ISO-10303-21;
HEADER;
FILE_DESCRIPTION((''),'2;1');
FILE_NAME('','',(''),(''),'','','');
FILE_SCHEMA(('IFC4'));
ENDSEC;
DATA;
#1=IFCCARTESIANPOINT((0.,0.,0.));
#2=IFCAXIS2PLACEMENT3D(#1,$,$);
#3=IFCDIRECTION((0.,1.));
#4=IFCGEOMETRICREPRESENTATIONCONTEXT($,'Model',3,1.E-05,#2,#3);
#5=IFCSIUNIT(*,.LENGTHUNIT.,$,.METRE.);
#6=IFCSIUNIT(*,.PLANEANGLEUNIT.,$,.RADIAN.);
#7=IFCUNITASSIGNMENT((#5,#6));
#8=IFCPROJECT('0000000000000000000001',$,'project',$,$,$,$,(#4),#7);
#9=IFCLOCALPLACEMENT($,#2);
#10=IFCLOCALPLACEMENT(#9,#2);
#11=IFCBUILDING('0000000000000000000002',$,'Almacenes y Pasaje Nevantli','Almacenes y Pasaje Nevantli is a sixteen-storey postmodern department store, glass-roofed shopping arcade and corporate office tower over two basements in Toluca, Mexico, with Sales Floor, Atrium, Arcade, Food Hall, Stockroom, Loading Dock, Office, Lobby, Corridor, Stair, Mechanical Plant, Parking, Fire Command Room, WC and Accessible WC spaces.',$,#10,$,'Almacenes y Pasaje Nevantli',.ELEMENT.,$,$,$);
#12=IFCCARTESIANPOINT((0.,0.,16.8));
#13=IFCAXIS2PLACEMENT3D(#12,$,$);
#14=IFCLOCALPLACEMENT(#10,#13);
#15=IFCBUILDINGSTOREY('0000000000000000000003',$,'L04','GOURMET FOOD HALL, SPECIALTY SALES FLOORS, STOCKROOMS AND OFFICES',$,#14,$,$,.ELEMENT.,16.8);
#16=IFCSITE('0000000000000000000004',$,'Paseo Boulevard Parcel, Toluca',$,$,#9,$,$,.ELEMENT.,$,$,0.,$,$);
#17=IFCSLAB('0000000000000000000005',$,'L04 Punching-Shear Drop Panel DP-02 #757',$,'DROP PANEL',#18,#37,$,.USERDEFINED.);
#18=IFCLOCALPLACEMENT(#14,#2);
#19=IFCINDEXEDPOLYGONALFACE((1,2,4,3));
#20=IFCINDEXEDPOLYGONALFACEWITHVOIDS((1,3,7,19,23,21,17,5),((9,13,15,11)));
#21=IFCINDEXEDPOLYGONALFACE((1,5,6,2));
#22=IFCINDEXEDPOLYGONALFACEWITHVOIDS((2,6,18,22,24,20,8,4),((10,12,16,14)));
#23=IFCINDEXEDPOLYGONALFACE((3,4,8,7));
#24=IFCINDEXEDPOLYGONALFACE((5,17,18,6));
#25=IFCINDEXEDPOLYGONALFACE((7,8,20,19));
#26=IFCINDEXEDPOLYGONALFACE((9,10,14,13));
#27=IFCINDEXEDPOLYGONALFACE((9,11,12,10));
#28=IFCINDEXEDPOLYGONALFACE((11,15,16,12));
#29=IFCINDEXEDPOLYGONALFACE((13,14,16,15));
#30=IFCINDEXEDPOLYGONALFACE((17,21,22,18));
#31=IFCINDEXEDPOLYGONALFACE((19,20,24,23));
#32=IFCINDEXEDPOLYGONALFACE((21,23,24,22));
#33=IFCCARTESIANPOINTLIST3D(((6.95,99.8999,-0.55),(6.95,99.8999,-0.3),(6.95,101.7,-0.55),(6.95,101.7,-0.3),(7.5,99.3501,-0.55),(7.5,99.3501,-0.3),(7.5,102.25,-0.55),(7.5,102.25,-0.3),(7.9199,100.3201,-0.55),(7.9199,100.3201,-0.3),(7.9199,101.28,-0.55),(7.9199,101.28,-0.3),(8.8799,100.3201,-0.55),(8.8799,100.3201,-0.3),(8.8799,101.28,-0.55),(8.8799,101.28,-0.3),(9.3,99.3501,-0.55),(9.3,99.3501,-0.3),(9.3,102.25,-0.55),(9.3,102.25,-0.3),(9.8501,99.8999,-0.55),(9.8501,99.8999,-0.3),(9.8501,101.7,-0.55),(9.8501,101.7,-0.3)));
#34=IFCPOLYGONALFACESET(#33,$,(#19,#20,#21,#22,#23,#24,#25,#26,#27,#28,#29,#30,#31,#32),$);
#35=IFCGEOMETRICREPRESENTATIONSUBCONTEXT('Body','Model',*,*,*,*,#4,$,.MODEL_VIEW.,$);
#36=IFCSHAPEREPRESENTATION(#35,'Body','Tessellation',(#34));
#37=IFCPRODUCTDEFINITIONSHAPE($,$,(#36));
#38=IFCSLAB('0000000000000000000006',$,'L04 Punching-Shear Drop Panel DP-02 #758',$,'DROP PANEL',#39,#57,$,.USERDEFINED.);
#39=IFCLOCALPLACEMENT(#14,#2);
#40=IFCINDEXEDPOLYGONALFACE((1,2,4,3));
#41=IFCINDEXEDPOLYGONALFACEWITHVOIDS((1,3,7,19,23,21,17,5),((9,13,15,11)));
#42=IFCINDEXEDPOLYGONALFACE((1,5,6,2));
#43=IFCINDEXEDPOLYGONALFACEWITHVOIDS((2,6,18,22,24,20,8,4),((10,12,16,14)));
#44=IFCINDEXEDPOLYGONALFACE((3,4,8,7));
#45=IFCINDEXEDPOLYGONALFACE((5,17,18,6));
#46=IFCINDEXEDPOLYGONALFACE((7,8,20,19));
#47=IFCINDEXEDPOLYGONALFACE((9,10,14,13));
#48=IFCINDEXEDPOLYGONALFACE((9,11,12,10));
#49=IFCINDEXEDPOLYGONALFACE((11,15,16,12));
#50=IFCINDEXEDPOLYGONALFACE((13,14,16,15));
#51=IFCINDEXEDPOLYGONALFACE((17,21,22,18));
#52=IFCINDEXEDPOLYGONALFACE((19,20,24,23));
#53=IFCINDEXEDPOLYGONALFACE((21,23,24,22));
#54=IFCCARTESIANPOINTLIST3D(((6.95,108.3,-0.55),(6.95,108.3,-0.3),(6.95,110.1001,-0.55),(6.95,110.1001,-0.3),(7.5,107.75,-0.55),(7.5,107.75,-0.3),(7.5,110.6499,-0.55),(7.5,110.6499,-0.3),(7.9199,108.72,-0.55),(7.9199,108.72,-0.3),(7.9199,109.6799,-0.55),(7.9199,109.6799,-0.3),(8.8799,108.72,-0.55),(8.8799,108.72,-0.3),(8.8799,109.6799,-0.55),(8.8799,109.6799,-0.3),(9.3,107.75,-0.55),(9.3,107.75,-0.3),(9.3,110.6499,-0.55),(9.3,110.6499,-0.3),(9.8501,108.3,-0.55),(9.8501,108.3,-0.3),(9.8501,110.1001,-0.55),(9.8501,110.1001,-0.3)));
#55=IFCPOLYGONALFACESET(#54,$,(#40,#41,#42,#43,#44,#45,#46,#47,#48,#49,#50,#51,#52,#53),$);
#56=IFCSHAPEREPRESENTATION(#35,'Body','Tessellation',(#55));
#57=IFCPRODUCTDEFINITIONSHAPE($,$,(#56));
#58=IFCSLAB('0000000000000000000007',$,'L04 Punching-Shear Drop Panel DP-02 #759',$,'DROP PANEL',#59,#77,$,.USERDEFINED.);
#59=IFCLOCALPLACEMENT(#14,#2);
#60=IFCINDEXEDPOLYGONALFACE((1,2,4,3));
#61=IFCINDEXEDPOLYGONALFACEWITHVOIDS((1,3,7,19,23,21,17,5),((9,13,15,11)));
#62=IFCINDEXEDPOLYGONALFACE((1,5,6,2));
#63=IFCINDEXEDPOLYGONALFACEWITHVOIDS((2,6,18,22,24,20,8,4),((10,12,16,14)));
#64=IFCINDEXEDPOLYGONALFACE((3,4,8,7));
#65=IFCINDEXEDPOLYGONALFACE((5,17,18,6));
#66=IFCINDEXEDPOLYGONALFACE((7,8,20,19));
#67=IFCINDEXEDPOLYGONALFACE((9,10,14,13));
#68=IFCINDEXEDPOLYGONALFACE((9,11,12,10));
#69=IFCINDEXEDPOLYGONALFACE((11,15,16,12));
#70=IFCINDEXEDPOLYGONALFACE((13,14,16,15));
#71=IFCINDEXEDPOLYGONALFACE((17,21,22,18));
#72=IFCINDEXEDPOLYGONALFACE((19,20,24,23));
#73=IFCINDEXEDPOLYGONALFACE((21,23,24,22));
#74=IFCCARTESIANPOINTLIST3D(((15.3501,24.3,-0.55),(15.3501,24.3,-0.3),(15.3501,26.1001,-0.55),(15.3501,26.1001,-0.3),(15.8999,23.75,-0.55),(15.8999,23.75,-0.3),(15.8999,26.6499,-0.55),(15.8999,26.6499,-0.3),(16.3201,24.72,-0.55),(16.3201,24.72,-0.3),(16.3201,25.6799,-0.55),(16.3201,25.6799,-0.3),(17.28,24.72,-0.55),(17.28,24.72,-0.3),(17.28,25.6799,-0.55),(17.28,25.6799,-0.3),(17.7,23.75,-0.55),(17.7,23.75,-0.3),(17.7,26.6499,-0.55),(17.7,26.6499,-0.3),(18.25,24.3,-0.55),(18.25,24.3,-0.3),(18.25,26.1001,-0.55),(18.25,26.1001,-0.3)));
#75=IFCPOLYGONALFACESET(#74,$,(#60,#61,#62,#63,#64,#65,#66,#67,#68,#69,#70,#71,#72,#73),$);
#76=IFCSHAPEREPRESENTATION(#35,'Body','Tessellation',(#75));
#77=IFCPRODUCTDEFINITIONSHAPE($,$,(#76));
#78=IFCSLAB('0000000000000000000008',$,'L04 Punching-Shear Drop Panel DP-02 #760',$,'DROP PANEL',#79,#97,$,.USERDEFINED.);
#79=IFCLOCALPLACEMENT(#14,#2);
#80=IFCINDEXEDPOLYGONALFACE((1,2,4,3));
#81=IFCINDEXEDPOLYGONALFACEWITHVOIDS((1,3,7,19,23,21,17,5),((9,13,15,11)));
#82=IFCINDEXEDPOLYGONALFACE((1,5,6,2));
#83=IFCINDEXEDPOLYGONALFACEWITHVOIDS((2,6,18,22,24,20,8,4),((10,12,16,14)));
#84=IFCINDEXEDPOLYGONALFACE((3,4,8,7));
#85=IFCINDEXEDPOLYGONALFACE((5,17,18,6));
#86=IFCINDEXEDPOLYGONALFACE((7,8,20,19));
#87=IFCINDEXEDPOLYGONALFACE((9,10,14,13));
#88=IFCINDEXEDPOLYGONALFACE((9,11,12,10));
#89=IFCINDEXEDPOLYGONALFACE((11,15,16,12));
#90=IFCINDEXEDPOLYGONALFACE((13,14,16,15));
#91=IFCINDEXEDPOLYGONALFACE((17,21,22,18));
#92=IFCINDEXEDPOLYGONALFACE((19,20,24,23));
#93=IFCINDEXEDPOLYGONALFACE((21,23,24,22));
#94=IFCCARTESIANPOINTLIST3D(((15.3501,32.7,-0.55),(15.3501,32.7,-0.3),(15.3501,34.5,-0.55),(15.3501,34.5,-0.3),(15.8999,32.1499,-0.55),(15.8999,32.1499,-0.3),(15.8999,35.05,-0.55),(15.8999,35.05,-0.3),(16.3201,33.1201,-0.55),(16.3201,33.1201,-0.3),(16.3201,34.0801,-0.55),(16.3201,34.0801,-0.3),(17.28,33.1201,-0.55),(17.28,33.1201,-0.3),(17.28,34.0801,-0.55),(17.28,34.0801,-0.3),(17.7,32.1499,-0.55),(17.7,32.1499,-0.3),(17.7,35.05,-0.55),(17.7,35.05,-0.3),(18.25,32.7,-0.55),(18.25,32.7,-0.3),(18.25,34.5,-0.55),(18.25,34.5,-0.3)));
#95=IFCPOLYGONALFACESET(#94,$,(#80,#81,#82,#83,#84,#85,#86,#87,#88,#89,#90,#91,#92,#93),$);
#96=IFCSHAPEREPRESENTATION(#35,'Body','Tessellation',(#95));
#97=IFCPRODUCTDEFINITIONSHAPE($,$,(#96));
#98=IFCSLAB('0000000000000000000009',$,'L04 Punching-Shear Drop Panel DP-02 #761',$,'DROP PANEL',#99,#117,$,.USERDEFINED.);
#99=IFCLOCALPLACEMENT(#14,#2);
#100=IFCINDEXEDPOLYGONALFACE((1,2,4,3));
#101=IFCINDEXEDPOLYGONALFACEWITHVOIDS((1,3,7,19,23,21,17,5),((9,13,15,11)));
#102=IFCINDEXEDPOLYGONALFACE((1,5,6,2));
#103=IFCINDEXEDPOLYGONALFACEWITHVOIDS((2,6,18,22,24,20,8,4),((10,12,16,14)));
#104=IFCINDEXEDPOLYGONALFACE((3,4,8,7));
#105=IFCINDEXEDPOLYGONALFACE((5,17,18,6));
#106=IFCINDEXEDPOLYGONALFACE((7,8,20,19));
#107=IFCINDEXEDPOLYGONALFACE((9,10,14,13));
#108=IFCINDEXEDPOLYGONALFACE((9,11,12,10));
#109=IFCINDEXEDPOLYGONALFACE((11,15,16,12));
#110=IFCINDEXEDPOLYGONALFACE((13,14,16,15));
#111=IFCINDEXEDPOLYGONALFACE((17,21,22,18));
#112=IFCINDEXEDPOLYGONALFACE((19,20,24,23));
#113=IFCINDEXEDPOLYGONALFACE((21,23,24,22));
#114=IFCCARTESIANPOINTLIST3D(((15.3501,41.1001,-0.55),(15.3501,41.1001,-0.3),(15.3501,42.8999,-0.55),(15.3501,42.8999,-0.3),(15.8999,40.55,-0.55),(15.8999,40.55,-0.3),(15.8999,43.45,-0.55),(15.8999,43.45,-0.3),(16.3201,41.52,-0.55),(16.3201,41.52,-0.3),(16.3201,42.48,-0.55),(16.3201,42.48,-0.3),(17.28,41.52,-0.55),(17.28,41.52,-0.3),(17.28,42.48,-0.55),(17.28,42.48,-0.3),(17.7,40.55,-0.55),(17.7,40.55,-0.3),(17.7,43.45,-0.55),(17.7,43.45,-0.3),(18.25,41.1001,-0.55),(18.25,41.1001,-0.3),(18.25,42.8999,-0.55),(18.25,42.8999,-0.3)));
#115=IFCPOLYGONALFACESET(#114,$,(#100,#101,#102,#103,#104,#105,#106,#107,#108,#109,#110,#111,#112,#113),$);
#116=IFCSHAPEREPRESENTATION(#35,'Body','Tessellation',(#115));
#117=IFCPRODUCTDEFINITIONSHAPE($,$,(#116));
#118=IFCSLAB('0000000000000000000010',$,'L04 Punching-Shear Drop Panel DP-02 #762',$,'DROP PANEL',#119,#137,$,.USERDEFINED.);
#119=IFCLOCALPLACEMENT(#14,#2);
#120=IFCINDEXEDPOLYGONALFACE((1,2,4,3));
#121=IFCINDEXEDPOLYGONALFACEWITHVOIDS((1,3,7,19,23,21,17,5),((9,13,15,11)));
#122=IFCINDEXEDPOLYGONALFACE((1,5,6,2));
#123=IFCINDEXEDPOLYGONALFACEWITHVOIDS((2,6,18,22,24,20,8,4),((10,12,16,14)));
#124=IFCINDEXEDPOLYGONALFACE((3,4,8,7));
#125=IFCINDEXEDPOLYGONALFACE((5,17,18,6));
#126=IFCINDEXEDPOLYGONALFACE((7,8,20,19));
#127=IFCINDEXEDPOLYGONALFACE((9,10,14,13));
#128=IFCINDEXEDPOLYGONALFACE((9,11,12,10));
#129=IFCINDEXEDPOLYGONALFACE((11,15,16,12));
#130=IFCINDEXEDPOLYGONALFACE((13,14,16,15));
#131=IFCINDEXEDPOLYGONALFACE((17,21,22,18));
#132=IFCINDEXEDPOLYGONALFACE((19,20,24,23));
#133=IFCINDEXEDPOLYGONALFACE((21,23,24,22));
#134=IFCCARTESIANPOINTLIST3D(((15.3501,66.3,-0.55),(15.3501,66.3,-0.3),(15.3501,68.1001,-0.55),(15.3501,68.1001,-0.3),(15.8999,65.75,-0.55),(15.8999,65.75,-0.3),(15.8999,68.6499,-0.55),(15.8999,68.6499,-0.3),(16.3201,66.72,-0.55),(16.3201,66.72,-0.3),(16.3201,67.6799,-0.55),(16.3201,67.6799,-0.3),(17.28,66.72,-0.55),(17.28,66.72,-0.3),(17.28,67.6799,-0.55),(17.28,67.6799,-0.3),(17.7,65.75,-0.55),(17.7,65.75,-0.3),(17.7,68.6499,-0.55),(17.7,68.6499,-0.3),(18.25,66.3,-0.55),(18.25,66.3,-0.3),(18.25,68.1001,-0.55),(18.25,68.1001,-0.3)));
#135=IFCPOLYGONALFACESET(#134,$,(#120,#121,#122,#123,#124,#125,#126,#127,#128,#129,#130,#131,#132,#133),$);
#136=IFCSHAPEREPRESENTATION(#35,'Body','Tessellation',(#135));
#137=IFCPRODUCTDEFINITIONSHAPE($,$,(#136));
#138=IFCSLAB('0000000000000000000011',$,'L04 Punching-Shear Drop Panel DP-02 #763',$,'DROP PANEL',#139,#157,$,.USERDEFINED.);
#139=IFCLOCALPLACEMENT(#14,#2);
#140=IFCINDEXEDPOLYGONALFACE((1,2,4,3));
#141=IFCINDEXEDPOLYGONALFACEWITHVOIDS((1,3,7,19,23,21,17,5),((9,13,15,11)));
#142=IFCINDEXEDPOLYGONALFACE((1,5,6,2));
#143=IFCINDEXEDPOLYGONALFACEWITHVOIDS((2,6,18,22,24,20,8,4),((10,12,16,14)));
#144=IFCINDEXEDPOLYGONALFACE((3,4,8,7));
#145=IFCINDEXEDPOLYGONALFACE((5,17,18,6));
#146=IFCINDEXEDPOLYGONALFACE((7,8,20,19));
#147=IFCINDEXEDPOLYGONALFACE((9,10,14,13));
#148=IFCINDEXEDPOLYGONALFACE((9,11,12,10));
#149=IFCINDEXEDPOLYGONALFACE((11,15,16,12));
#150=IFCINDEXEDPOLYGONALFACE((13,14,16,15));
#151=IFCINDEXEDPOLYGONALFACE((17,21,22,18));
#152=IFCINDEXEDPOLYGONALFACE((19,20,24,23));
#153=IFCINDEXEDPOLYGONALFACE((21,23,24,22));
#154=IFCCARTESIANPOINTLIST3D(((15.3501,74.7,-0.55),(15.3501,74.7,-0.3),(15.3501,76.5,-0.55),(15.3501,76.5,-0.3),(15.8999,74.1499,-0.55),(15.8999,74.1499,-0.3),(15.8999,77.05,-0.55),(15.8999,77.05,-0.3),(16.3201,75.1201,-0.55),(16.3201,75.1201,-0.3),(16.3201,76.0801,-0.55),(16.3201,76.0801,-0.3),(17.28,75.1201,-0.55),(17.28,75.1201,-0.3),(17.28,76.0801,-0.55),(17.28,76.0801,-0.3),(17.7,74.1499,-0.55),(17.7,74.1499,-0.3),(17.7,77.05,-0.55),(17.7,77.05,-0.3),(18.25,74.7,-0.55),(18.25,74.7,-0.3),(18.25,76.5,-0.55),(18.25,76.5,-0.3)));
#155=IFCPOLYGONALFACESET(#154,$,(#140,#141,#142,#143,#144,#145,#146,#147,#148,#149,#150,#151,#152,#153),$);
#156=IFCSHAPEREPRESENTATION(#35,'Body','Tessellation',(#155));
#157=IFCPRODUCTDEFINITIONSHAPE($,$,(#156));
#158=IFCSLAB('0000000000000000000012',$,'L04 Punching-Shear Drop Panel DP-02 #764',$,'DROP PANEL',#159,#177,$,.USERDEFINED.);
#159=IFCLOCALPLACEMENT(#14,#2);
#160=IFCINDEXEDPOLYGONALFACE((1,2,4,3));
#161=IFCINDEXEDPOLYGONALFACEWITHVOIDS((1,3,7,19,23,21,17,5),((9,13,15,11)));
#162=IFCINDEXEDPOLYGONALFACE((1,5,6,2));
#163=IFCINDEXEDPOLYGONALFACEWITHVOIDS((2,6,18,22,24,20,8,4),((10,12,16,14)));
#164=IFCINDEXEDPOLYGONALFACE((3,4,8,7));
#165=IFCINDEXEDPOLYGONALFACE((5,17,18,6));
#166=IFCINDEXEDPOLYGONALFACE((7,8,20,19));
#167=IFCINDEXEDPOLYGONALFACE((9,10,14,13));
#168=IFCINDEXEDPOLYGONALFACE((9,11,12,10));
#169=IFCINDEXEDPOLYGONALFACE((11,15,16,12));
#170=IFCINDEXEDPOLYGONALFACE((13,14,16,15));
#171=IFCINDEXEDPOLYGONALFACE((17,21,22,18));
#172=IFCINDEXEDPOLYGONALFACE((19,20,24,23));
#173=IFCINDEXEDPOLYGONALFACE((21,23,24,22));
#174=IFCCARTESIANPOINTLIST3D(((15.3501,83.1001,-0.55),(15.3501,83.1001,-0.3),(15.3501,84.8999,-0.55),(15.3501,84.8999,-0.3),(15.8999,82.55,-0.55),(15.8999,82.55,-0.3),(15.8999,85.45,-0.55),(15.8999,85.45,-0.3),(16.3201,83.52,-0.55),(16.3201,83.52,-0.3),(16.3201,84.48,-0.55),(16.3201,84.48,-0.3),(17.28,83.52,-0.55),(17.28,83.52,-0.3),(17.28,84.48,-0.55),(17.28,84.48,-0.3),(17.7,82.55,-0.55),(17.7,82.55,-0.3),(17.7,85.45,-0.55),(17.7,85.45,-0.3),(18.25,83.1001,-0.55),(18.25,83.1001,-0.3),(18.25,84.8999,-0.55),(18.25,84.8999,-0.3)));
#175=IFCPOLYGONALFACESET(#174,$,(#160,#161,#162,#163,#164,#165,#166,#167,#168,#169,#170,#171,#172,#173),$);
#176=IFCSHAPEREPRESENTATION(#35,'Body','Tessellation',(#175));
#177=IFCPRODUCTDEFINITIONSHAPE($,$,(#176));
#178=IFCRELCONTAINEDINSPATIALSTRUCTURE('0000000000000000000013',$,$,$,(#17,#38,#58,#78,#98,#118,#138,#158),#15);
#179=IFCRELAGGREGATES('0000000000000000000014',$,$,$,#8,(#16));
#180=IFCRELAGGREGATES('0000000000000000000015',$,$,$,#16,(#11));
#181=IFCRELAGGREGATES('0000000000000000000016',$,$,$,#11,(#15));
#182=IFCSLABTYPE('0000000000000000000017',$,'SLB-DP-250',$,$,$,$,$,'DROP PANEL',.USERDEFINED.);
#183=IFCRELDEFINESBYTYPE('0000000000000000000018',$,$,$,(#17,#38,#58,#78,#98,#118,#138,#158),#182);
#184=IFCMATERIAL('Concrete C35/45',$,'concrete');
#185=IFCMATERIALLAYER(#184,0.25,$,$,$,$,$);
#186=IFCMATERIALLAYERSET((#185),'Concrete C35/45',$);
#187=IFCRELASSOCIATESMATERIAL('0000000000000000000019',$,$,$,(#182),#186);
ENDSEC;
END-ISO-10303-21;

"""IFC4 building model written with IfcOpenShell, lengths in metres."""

from ifc_helpers import new_model, si_unit, direction, frame, origin, place, context, subcontext, project, spatial, polyline, outline, extrude, material, layer, layer_set, type_object, element, save


model = new_model("IFC4")

# Units and contexts
model_context = context("Model", 3, precision=1e-05, world=origin(), true_north=direction((0.0, 1.0)))
body_context = subcontext(model_context, "Body", "Model", "MODEL_VIEW")
ifc_project = project(units=[si_unit("LENGTHUNIT", "METRE"), si_unit("PLANEANGLEUNIT", "RADIAN")], contexts=[model_context])

# Site, building, storey
site_placement = place(None, origin())
site = spatial("IfcSite", under=ifc_project, at=site_placement, Name="Paseo Boulevard Parcel, Toluca", CompositionType="ELEMENT", RefElevation=0.0)
building_placement = place(site_placement, origin())
building = spatial("IfcBuilding", under=site, at=building_placement, Name="Almacenes y Pasaje Nevantli", Description="Almacenes y Pasaje Nevantli is a sixteen-storey postmodern department store, glass-roofed shopping arcade and corporate office tower over two basements in Toluca, Mexico, with Sales Floor, Atrium, Arcade, Food Hall, Stockroom, Loading Dock, Office, Lobby, Corridor, Stair, Mechanical Plant, Parking, Fire Command Room, WC and Accessible WC spaces.", LongName="Almacenes y Pasaje Nevantli", CompositionType="ELEMENT")
storey_placement = place(building_placement, frame((0.0, 0.0, 16.8)))
storey = spatial("IfcBuildingStorey", under=building, at=storey_placement, Name="L04", Description="GOURMET FOOD HALL, SPECIALTY SALES FLOORS, STOCKROOMS AND OFFICES", CompositionType="ELEMENT", Elevation=16.8)

# Slabs
ifc_material = material(Name="Concrete C35/45", Category="concrete")
ifc_layer = layer(ifc_material, 0.25)
ifc_layer_set = layer_set([ifc_layer], Name="Concrete C35/45")
slab_type = type_object("IfcSlabType", Name="SLB-DP-250", ElementType="DROP PANEL", PredefinedType="USERDEFINED", material=ifc_layer_set)
slab_1_placement = place(storey_placement, frame((0.0, 0.0, -0.55)))
element("IfcSlab", 1, at=slab_1_placement, inside=storey, type_object=slab_type, Name="L04 Punching-Shear Drop Panel DP-02 #757", ObjectType="DROP PANEL", PredefinedType="USERDEFINED", context=body_context, shape_type="SweptSolid", body=[
    extrude(outline(polyline([(7.5, 99.3501), (9.3, 99.3501), (9.8501, 99.8999), (9.8501, 101.7), (9.3, 102.25), (7.5, 102.25), (6.95, 101.7), (6.95, 99.8999), (7.5, 99.3501)]), holes=[polyline([(7.9199, 100.3201), (8.8799, 100.3201), (8.8799, 101.28), (7.9199, 101.28), (7.9199, 100.3201)])]), origin(), (0.0, 0.0, 1.0), 0.25),
])
slab_2_placement = place(storey_placement, frame((0.0, 0.0, -0.55)))
element("IfcSlab", 2, at=slab_2_placement, inside=storey, type_object=slab_type, Name="L04 Punching-Shear Drop Panel DP-02 #758", ObjectType="DROP PANEL", PredefinedType="USERDEFINED", context=body_context, shape_type="SweptSolid", body=[
    extrude(outline(polyline([(7.5, 107.75), (9.3, 107.75), (9.8501, 108.3), (9.8501, 110.1001), (9.3, 110.6499), (7.5, 110.6499), (6.95, 110.1001), (6.95, 108.3), (7.5, 107.75)]), holes=[polyline([(7.9199, 108.72), (8.8799, 108.72), (8.8799, 109.6799), (7.9199, 109.6799), (7.9199, 108.72)])]), origin(), (0.0, 0.0, 1.0), 0.25),
])
slab_3_placement = place(storey_placement, frame((0.0, 0.0, -0.55)))
element("IfcSlab", 3, at=slab_3_placement, inside=storey, type_object=slab_type, Name="L04 Punching-Shear Drop Panel DP-02 #759", ObjectType="DROP PANEL", PredefinedType="USERDEFINED", context=body_context, shape_type="SweptSolid", body=[
    extrude(outline(polyline([(15.8999, 23.75), (17.7, 23.75), (18.25, 24.3), (18.25, 26.1001), (17.7, 26.6499), (15.8999, 26.6499), (15.3501, 26.1001), (15.3501, 24.3), (15.8999, 23.75)]), holes=[polyline([(16.3201, 24.72), (17.28, 24.72), (17.28, 25.6799), (16.3201, 25.6799), (16.3201, 24.72)])]), origin(), (0.0, 0.0, 1.0), 0.25),
])
slab_4_placement = place(storey_placement, frame((0.0, 0.0, -0.55)))
element("IfcSlab", 4, at=slab_4_placement, inside=storey, type_object=slab_type, Name="L04 Punching-Shear Drop Panel DP-02 #760", ObjectType="DROP PANEL", PredefinedType="USERDEFINED", context=body_context, shape_type="SweptSolid", body=[
    extrude(outline(polyline([(15.8999, 32.1499), (17.7, 32.1499), (18.25, 32.7), (18.25, 34.5), (17.7, 35.05), (15.8999, 35.05), (15.3501, 34.5), (15.3501, 32.7), (15.8999, 32.1499)]), holes=[polyline([(16.3201, 33.1201), (17.28, 33.1201), (17.28, 34.0801), (16.3201, 34.0801), (16.3201, 33.1201)])]), origin(), (0.0, 0.0, 1.0), 0.25),
])
slab_5_placement = place(storey_placement, frame((0.0, 0.0, -0.55)))
element("IfcSlab", 5, at=slab_5_placement, inside=storey, type_object=slab_type, Name="L04 Punching-Shear Drop Panel DP-02 #761", ObjectType="DROP PANEL", PredefinedType="USERDEFINED", context=body_context, shape_type="SweptSolid", body=[
    extrude(outline(polyline([(15.8999, 40.55), (17.7, 40.55), (18.25, 41.1001), (18.25, 42.8999), (17.7, 43.45), (15.8999, 43.45), (15.3501, 42.8999), (15.3501, 41.1001), (15.8999, 40.55)]), holes=[polyline([(16.3201, 41.52), (17.28, 41.52), (17.28, 42.48), (16.3201, 42.48), (16.3201, 41.52)])]), origin(), (0.0, 0.0, 1.0), 0.25),
])
slab_6_placement = place(storey_placement, frame((0.0, 0.0, -0.55)))
element("IfcSlab", 6, at=slab_6_placement, inside=storey, type_object=slab_type, Name="L04 Punching-Shear Drop Panel DP-02 #762", ObjectType="DROP PANEL", PredefinedType="USERDEFINED", context=body_context, shape_type="SweptSolid", body=[
    extrude(outline(polyline([(15.8999, 65.75), (17.7, 65.75), (18.25, 66.3), (18.25, 68.1001), (17.7, 68.6499), (15.8999, 68.6499), (15.3501, 68.1001), (15.3501, 66.3), (15.8999, 65.75)]), holes=[polyline([(16.3201, 66.72), (17.28, 66.72), (17.28, 67.6799), (16.3201, 67.6799), (16.3201, 66.72)])]), origin(), (0.0, 0.0, 1.0), 0.25),
])
slab_7_placement = place(storey_placement, frame((0.0, 0.0, -0.55)))
element("IfcSlab", 7, at=slab_7_placement, inside=storey, type_object=slab_type, Name="L04 Punching-Shear Drop Panel DP-02 #763", ObjectType="DROP PANEL", PredefinedType="USERDEFINED", context=body_context, shape_type="SweptSolid", body=[
    extrude(outline(polyline([(15.8999, 74.1499), (17.7, 74.1499), (18.25, 74.7), (18.25, 76.5), (17.7, 77.05), (15.8999, 77.05), (15.3501, 76.5), (15.3501, 74.7), (15.8999, 74.1499)]), holes=[polyline([(16.3201, 75.1201), (17.28, 75.1201), (17.28, 76.0801), (16.3201, 76.0801), (16.3201, 75.1201)])]), origin(), (0.0, 0.0, 1.0), 0.25),
])
slab_8_placement = place(storey_placement, frame((0.0, 0.0, -0.55)))
element("IfcSlab", 8, at=slab_8_placement, inside=storey, type_object=slab_type, Name="L04 Punching-Shear Drop Panel DP-02 #764", ObjectType="DROP PANEL", PredefinedType="USERDEFINED", context=body_context, shape_type="SweptSolid", body=[
    extrude(outline(polyline([(15.8999, 82.55), (17.7, 82.55), (18.25, 83.1001), (18.25, 84.8999), (17.7, 85.45), (15.8999, 85.45), (15.3501, 84.8999), (15.3501, 83.1001), (15.8999, 82.55)]), holes=[polyline([(16.3201, 83.52), (17.28, 83.52), (17.28, 84.48), (16.3201, 84.48), (16.3201, 83.52)])]), origin(), (0.0, 0.0, 1.0), 0.25),
])

save(model, "model.ifc")
